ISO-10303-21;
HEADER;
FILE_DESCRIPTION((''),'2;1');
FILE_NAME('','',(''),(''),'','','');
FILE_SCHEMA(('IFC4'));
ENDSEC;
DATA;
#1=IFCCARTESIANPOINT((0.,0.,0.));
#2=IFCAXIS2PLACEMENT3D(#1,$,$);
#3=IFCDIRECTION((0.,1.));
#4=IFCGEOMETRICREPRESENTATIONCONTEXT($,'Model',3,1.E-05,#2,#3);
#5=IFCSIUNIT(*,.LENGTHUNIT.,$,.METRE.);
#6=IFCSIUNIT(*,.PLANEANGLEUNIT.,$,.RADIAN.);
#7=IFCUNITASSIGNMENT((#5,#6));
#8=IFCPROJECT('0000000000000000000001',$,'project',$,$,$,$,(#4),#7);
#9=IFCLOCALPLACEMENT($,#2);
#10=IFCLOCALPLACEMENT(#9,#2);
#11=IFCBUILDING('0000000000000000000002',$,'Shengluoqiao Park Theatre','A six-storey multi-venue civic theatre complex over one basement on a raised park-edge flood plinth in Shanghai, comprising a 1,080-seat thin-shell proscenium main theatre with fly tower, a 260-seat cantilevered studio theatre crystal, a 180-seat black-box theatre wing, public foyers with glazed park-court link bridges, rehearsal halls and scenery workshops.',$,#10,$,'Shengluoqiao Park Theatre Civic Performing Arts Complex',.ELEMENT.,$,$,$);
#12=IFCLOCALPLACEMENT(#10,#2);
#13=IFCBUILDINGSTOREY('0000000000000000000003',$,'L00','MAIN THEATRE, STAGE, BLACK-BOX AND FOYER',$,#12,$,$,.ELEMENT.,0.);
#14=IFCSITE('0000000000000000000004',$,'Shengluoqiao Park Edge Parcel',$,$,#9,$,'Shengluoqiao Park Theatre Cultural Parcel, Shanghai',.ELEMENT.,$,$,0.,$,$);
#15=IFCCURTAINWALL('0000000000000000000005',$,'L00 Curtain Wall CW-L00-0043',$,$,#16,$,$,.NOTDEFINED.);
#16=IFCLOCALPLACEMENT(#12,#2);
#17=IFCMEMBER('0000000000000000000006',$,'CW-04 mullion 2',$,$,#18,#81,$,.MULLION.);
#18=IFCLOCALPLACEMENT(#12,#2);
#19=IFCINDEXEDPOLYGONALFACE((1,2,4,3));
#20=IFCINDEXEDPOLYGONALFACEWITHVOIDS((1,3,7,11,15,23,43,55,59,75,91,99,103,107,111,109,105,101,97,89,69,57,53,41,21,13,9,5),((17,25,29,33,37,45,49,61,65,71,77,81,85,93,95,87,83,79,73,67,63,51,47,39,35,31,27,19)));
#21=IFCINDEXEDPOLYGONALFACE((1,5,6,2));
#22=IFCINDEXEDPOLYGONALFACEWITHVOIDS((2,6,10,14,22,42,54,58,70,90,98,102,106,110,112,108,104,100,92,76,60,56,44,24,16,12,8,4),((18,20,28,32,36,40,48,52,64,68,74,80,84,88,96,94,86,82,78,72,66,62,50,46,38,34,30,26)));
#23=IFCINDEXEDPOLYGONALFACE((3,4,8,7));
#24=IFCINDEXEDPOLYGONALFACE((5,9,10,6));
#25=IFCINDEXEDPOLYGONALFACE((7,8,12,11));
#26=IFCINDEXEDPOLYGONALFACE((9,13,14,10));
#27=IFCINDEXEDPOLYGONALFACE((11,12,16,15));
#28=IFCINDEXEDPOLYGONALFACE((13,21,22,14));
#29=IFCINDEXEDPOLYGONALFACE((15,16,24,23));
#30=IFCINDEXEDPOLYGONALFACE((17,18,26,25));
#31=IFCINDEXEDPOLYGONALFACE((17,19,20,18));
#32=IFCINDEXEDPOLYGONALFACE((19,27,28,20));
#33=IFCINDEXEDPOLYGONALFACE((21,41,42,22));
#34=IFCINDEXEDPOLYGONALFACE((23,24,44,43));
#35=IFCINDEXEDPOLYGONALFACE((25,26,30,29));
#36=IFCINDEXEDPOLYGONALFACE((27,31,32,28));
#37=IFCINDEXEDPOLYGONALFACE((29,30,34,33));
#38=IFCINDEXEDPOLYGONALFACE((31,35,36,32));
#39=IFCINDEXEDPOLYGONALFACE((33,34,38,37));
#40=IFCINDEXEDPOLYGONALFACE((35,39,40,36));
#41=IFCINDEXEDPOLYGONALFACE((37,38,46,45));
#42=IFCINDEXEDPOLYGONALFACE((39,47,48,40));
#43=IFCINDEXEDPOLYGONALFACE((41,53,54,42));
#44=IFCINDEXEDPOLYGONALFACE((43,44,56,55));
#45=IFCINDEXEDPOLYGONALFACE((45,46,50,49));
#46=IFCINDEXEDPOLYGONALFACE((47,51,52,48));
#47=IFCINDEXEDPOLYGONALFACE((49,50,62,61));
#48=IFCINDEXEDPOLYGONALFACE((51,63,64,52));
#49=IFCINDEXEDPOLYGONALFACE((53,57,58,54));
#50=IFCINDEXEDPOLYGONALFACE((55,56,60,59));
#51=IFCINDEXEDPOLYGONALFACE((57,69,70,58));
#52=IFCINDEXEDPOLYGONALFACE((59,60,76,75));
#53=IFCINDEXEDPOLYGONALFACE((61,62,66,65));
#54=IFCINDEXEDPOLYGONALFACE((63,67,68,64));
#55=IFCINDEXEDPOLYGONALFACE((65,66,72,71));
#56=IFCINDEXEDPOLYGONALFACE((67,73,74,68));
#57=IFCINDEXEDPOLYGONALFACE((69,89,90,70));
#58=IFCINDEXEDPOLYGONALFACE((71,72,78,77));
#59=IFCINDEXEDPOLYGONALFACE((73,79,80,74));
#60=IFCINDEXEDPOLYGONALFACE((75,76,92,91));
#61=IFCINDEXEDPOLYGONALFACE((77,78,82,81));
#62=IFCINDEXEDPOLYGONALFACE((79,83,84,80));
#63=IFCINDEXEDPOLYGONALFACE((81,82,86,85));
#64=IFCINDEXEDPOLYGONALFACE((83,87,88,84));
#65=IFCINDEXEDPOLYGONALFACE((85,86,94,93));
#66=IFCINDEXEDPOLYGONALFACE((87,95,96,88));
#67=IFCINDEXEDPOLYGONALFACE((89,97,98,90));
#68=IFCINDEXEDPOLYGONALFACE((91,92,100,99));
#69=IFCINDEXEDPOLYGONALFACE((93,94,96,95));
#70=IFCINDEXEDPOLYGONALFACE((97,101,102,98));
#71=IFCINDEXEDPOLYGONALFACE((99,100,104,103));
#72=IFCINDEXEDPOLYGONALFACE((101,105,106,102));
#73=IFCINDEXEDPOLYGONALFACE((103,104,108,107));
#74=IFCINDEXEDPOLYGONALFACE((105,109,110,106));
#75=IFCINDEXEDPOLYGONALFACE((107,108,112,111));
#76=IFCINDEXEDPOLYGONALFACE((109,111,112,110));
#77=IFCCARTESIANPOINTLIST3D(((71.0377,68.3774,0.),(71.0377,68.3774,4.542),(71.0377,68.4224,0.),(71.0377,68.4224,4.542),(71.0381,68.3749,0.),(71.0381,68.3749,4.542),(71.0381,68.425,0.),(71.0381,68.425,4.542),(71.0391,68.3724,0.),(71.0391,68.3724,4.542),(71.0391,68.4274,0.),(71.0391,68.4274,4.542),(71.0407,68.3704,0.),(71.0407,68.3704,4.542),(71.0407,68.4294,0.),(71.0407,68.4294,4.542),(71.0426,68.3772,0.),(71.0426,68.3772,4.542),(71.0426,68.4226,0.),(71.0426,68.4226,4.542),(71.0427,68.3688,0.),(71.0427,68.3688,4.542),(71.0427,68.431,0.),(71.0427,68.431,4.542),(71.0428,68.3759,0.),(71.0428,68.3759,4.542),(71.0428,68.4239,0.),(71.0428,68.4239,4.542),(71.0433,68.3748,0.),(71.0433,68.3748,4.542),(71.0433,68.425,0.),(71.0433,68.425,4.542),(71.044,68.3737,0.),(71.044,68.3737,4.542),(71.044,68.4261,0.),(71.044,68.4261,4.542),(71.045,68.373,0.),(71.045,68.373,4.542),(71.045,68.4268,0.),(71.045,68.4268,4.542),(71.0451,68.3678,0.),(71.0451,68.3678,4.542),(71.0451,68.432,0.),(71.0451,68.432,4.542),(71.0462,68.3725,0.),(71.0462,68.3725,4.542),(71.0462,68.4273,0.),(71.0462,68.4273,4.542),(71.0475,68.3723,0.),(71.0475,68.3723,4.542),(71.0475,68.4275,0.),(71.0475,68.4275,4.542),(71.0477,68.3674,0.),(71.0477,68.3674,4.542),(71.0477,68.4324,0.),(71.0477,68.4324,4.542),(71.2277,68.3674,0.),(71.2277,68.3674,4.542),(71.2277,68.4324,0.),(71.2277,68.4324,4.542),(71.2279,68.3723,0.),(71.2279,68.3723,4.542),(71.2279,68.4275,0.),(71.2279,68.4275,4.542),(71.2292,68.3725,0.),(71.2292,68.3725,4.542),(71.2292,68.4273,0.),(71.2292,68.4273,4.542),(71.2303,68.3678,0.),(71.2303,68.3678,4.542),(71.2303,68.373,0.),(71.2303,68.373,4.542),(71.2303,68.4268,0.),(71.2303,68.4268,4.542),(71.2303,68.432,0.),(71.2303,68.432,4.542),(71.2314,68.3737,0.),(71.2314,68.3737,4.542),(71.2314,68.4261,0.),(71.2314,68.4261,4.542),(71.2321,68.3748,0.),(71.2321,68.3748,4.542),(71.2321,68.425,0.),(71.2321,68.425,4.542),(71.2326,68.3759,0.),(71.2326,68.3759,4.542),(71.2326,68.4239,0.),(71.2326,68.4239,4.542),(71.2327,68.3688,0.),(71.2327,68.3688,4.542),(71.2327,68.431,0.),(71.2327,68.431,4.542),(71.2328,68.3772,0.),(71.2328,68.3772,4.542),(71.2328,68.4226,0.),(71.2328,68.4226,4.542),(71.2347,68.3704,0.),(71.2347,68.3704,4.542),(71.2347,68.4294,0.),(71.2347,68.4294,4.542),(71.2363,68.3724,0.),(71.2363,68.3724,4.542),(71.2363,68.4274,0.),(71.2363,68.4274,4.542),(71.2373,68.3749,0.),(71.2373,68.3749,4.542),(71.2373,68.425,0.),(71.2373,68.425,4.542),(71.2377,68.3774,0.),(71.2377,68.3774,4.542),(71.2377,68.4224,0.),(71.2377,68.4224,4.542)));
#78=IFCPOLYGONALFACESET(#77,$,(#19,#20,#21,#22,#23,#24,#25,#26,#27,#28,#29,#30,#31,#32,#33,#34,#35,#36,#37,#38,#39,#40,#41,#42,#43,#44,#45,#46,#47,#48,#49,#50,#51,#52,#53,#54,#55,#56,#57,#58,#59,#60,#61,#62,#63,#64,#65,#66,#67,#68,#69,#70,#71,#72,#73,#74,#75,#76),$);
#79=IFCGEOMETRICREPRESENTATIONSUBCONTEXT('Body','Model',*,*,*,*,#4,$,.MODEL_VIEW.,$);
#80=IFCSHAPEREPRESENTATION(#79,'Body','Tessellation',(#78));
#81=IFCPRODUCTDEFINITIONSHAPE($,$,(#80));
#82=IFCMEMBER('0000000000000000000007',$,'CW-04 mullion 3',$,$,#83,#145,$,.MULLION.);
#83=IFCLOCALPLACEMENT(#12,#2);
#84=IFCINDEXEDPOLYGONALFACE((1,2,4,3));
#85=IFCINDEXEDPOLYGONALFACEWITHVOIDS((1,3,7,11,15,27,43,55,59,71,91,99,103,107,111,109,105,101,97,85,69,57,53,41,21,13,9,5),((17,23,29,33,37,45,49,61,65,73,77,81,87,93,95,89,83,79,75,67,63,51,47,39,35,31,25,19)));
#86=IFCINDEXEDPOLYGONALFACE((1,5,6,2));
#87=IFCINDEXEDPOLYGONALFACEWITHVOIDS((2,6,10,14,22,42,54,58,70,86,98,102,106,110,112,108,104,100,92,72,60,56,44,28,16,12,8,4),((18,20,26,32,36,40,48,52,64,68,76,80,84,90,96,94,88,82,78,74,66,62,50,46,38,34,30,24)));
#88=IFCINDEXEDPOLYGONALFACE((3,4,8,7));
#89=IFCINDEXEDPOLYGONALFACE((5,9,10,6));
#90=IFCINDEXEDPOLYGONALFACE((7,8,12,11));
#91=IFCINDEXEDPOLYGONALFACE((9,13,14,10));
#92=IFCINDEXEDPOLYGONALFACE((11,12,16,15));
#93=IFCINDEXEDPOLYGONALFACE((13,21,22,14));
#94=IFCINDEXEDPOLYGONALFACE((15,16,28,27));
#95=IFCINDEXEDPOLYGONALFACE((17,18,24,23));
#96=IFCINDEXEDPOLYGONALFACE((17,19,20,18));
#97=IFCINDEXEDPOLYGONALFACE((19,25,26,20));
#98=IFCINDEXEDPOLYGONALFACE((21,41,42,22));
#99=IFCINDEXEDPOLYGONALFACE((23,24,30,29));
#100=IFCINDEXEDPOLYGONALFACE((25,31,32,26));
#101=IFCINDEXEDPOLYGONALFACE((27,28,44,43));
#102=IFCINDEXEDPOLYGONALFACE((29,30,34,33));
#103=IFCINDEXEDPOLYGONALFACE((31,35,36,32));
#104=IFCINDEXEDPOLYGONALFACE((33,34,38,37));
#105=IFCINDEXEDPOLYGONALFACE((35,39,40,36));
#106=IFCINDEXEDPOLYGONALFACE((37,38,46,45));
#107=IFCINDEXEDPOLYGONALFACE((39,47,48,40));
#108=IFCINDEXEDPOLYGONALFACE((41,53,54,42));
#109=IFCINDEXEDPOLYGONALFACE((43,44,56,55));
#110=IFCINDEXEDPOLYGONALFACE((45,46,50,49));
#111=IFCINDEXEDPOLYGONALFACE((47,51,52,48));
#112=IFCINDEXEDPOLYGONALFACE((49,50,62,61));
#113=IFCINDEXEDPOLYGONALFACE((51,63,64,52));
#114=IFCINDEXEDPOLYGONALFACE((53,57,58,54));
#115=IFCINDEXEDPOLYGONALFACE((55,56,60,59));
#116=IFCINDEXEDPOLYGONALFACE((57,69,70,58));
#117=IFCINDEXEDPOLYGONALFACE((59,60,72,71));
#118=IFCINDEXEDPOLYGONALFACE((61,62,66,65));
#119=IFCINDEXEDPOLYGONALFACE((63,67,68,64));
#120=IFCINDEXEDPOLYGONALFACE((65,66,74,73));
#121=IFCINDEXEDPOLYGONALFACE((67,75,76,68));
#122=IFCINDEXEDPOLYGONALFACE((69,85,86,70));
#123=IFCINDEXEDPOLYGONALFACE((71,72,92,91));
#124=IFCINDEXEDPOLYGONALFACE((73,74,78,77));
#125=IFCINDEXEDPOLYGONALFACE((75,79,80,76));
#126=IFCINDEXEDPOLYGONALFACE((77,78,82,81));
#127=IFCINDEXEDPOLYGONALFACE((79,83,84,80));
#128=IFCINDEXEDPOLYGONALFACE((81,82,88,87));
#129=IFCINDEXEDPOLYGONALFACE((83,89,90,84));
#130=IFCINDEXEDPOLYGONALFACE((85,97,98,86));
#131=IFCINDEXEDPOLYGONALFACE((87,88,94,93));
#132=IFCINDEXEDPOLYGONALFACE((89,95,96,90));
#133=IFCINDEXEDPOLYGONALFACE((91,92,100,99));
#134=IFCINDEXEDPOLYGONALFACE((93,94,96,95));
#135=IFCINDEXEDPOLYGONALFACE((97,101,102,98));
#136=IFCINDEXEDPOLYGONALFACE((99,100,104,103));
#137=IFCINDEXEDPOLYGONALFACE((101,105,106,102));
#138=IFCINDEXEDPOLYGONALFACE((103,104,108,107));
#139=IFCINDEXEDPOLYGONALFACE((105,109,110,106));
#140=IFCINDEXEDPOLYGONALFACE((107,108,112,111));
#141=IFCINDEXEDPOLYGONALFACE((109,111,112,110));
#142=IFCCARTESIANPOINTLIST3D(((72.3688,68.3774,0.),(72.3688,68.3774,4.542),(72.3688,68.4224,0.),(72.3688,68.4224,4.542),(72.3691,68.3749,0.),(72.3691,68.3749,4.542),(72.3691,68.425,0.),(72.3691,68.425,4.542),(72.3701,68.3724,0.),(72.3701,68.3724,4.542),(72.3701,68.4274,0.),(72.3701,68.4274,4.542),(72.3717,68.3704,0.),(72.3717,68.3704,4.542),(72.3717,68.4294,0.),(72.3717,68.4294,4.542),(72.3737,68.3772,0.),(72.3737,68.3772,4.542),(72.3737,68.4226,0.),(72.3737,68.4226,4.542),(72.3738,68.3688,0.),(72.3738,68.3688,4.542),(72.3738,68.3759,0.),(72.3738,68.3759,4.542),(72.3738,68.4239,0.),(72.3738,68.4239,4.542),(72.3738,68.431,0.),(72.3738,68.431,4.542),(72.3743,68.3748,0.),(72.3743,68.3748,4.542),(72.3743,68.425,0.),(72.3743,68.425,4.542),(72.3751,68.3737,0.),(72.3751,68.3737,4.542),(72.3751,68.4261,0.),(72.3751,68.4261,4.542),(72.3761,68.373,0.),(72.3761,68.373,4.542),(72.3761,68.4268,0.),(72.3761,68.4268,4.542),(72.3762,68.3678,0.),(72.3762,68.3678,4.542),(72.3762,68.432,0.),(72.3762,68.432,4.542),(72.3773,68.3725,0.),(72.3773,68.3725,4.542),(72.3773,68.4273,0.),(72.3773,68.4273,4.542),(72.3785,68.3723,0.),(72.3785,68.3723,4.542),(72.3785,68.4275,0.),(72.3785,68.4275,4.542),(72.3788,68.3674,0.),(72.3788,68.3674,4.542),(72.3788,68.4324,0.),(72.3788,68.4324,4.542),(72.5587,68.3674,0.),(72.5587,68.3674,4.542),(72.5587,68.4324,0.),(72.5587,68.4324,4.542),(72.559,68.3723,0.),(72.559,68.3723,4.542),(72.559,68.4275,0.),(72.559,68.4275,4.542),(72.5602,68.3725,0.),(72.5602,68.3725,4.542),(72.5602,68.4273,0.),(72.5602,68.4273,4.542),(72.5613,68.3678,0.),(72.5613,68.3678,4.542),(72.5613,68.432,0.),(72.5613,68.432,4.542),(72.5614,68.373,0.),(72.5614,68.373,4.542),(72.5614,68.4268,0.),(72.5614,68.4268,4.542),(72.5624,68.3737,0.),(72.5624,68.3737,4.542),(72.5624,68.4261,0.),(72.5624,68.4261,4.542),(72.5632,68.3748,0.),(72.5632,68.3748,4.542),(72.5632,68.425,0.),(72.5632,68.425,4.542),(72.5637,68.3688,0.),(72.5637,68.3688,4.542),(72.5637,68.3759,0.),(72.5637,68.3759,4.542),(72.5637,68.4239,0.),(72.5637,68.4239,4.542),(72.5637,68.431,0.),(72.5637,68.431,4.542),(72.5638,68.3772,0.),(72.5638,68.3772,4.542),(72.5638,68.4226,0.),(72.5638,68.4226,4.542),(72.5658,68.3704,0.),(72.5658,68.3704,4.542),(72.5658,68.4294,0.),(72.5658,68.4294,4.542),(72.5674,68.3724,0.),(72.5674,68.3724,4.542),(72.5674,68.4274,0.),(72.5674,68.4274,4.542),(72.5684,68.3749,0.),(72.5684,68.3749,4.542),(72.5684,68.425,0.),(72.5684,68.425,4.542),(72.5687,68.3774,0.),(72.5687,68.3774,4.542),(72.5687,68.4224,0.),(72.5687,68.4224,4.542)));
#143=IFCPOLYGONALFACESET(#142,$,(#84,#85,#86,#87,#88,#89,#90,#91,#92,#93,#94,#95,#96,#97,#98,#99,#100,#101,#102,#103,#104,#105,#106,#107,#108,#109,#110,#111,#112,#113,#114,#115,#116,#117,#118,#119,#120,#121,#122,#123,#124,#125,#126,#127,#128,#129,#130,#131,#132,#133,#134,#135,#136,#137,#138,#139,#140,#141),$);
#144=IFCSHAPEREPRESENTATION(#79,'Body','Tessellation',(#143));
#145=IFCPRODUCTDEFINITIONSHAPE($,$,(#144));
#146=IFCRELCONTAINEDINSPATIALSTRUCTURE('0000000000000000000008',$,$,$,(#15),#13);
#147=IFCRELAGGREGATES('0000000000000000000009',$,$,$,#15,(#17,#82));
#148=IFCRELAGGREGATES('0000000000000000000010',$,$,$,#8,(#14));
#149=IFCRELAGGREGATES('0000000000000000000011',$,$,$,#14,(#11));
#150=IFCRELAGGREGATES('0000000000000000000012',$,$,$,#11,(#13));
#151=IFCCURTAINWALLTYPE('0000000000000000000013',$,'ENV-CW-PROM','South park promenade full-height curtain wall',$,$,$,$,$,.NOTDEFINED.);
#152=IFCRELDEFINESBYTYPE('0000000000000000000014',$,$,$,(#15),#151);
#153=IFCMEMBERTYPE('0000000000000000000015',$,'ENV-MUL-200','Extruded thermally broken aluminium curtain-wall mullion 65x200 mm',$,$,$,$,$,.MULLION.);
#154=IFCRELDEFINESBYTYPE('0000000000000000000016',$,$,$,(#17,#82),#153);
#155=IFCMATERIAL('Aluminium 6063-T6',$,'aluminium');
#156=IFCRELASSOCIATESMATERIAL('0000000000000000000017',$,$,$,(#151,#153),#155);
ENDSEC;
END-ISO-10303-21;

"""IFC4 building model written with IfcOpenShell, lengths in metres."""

from ifc_helpers import new_model, si_unit, direction, frame, origin, origin_2d, place, context, subcontext, project, spatial, hollow_rectangle, extrude, material, material_profile, profile_set, type_object, element, aggregate, save


model = new_model("IFC4")

# Units and contexts
model_context = context("Model", 3, precision=1e-05, world=origin(), true_north=direction((0.0, 1.0)))
body_context = subcontext(model_context, "Body", "Model", "MODEL_VIEW")
ifc_project = project(units=[si_unit("LENGTHUNIT", "METRE"), si_unit("PLANEANGLEUNIT", "RADIAN")], contexts=[model_context])

# Site, building, storey
site_placement = place(None, origin())
site = spatial("IfcSite", under=ifc_project, at=site_placement, Name="Shengluoqiao Park Edge Parcel", LongName="Shengluoqiao Park Theatre Cultural Parcel, Shanghai", CompositionType="ELEMENT", RefElevation=0.0)
building_placement = place(site_placement, origin())
building = spatial("IfcBuilding", under=site, at=building_placement, Name="Shengluoqiao Park Theatre", Description="A six-storey multi-venue civic theatre complex over one basement on a raised park-edge flood plinth in Shanghai, comprising a 1,080-seat thin-shell proscenium main theatre with fly tower, a 260-seat cantilevered studio theatre crystal, a 180-seat black-box theatre wing, public foyers with glazed park-court link bridges, rehearsal halls and scenery workshops.", LongName="Shengluoqiao Park Theatre Civic Performing Arts Complex", CompositionType="ELEMENT")
storey_placement = place(building_placement, origin())
storey = spatial("IfcBuildingStorey", under=building, at=storey_placement, Name="L00", Description="MAIN THEATRE, STAGE, BLACK-BOX AND FOYER", CompositionType="ELEMENT", Elevation=0.0)

# Shared definitions
ifc_material_1 = material(Name="Aluminium 6063-T6", Category="aluminium")
curtain_wall_type = type_object("IfcCurtainWallType", Name="ENV-CW-PROM", Description="South park promenade full-height curtain wall", PredefinedType="NOTDEFINED", material=ifc_material_1)
ifc_material_profile_1 = material_profile(ifc_material_1, hollow_rectangle(XDim=0.0649, YDim=0.2, WallThickness=0.0049, InnerFilletRadius=0.0049, OuterFilletRadius=0.01, at=origin_2d()), Name="ALU MULLION 200x65x5")
ifc_profile_set_1 = profile_set([ifc_material_profile_1], Name="Aluminium 6063-T6")
member_type_1 = type_object("IfcMemberType", Name="ENV-MUL-200", Description="Extruded thermally broken aluminium curtain-wall mullion 65x200 mm", PredefinedType="MULLION", material=ifc_profile_set_1)

# Curtain wall, members
curtain_wall_1_placement = place(storey_placement, origin())
curtain_wall_1 = element("IfcCurtainWall", 1, at=curtain_wall_1_placement, inside=storey, type_object=curtain_wall_type, Name="L00 Curtain Wall CW-L00-0043", PredefinedType="NOTDEFINED")
member_1_placement = place(storey_placement, frame((71.1377, 68.3999, 0.0), z_axis=(0.0, 0.0, 1.0), x_axis=(0.0, 1.0, 0.0)))
member_1 = element("IfcMember", 2, at=member_1_placement, type_object=member_type_1, Name="CW-04 mullion 2", PredefinedType="MULLION", context=body_context, shape_type="SweptSolid", body=[
    extrude(hollow_rectangle(XDim=0.0649, YDim=0.2, WallThickness=0.0049, InnerFilletRadius=0.0049, OuterFilletRadius=0.01, at=origin_2d()), origin(), (0.0, 0.0, 1.0), 4.542),
])
member_2_placement = place(storey_placement, frame((72.4688, 68.3999, 0.0), z_axis=(0.0, 0.0, 1.0), x_axis=(0.0, 1.0, 0.0)))
member_2 = element("IfcMember", 3, at=member_2_placement, type_object=member_type_1, Name="CW-04 mullion 3", PredefinedType="MULLION", context=body_context, shape_type="SweptSolid", body=[
    extrude(hollow_rectangle(XDim=0.0649, YDim=0.2, WallThickness=0.0049, InnerFilletRadius=0.0049, OuterFilletRadius=0.01, at=origin_2d()), origin(), (0.0, 0.0, 1.0), 4.542),
])

aggregate(curtain_wall_1, [member_1, member_2])

save(model, "model.ifc")
